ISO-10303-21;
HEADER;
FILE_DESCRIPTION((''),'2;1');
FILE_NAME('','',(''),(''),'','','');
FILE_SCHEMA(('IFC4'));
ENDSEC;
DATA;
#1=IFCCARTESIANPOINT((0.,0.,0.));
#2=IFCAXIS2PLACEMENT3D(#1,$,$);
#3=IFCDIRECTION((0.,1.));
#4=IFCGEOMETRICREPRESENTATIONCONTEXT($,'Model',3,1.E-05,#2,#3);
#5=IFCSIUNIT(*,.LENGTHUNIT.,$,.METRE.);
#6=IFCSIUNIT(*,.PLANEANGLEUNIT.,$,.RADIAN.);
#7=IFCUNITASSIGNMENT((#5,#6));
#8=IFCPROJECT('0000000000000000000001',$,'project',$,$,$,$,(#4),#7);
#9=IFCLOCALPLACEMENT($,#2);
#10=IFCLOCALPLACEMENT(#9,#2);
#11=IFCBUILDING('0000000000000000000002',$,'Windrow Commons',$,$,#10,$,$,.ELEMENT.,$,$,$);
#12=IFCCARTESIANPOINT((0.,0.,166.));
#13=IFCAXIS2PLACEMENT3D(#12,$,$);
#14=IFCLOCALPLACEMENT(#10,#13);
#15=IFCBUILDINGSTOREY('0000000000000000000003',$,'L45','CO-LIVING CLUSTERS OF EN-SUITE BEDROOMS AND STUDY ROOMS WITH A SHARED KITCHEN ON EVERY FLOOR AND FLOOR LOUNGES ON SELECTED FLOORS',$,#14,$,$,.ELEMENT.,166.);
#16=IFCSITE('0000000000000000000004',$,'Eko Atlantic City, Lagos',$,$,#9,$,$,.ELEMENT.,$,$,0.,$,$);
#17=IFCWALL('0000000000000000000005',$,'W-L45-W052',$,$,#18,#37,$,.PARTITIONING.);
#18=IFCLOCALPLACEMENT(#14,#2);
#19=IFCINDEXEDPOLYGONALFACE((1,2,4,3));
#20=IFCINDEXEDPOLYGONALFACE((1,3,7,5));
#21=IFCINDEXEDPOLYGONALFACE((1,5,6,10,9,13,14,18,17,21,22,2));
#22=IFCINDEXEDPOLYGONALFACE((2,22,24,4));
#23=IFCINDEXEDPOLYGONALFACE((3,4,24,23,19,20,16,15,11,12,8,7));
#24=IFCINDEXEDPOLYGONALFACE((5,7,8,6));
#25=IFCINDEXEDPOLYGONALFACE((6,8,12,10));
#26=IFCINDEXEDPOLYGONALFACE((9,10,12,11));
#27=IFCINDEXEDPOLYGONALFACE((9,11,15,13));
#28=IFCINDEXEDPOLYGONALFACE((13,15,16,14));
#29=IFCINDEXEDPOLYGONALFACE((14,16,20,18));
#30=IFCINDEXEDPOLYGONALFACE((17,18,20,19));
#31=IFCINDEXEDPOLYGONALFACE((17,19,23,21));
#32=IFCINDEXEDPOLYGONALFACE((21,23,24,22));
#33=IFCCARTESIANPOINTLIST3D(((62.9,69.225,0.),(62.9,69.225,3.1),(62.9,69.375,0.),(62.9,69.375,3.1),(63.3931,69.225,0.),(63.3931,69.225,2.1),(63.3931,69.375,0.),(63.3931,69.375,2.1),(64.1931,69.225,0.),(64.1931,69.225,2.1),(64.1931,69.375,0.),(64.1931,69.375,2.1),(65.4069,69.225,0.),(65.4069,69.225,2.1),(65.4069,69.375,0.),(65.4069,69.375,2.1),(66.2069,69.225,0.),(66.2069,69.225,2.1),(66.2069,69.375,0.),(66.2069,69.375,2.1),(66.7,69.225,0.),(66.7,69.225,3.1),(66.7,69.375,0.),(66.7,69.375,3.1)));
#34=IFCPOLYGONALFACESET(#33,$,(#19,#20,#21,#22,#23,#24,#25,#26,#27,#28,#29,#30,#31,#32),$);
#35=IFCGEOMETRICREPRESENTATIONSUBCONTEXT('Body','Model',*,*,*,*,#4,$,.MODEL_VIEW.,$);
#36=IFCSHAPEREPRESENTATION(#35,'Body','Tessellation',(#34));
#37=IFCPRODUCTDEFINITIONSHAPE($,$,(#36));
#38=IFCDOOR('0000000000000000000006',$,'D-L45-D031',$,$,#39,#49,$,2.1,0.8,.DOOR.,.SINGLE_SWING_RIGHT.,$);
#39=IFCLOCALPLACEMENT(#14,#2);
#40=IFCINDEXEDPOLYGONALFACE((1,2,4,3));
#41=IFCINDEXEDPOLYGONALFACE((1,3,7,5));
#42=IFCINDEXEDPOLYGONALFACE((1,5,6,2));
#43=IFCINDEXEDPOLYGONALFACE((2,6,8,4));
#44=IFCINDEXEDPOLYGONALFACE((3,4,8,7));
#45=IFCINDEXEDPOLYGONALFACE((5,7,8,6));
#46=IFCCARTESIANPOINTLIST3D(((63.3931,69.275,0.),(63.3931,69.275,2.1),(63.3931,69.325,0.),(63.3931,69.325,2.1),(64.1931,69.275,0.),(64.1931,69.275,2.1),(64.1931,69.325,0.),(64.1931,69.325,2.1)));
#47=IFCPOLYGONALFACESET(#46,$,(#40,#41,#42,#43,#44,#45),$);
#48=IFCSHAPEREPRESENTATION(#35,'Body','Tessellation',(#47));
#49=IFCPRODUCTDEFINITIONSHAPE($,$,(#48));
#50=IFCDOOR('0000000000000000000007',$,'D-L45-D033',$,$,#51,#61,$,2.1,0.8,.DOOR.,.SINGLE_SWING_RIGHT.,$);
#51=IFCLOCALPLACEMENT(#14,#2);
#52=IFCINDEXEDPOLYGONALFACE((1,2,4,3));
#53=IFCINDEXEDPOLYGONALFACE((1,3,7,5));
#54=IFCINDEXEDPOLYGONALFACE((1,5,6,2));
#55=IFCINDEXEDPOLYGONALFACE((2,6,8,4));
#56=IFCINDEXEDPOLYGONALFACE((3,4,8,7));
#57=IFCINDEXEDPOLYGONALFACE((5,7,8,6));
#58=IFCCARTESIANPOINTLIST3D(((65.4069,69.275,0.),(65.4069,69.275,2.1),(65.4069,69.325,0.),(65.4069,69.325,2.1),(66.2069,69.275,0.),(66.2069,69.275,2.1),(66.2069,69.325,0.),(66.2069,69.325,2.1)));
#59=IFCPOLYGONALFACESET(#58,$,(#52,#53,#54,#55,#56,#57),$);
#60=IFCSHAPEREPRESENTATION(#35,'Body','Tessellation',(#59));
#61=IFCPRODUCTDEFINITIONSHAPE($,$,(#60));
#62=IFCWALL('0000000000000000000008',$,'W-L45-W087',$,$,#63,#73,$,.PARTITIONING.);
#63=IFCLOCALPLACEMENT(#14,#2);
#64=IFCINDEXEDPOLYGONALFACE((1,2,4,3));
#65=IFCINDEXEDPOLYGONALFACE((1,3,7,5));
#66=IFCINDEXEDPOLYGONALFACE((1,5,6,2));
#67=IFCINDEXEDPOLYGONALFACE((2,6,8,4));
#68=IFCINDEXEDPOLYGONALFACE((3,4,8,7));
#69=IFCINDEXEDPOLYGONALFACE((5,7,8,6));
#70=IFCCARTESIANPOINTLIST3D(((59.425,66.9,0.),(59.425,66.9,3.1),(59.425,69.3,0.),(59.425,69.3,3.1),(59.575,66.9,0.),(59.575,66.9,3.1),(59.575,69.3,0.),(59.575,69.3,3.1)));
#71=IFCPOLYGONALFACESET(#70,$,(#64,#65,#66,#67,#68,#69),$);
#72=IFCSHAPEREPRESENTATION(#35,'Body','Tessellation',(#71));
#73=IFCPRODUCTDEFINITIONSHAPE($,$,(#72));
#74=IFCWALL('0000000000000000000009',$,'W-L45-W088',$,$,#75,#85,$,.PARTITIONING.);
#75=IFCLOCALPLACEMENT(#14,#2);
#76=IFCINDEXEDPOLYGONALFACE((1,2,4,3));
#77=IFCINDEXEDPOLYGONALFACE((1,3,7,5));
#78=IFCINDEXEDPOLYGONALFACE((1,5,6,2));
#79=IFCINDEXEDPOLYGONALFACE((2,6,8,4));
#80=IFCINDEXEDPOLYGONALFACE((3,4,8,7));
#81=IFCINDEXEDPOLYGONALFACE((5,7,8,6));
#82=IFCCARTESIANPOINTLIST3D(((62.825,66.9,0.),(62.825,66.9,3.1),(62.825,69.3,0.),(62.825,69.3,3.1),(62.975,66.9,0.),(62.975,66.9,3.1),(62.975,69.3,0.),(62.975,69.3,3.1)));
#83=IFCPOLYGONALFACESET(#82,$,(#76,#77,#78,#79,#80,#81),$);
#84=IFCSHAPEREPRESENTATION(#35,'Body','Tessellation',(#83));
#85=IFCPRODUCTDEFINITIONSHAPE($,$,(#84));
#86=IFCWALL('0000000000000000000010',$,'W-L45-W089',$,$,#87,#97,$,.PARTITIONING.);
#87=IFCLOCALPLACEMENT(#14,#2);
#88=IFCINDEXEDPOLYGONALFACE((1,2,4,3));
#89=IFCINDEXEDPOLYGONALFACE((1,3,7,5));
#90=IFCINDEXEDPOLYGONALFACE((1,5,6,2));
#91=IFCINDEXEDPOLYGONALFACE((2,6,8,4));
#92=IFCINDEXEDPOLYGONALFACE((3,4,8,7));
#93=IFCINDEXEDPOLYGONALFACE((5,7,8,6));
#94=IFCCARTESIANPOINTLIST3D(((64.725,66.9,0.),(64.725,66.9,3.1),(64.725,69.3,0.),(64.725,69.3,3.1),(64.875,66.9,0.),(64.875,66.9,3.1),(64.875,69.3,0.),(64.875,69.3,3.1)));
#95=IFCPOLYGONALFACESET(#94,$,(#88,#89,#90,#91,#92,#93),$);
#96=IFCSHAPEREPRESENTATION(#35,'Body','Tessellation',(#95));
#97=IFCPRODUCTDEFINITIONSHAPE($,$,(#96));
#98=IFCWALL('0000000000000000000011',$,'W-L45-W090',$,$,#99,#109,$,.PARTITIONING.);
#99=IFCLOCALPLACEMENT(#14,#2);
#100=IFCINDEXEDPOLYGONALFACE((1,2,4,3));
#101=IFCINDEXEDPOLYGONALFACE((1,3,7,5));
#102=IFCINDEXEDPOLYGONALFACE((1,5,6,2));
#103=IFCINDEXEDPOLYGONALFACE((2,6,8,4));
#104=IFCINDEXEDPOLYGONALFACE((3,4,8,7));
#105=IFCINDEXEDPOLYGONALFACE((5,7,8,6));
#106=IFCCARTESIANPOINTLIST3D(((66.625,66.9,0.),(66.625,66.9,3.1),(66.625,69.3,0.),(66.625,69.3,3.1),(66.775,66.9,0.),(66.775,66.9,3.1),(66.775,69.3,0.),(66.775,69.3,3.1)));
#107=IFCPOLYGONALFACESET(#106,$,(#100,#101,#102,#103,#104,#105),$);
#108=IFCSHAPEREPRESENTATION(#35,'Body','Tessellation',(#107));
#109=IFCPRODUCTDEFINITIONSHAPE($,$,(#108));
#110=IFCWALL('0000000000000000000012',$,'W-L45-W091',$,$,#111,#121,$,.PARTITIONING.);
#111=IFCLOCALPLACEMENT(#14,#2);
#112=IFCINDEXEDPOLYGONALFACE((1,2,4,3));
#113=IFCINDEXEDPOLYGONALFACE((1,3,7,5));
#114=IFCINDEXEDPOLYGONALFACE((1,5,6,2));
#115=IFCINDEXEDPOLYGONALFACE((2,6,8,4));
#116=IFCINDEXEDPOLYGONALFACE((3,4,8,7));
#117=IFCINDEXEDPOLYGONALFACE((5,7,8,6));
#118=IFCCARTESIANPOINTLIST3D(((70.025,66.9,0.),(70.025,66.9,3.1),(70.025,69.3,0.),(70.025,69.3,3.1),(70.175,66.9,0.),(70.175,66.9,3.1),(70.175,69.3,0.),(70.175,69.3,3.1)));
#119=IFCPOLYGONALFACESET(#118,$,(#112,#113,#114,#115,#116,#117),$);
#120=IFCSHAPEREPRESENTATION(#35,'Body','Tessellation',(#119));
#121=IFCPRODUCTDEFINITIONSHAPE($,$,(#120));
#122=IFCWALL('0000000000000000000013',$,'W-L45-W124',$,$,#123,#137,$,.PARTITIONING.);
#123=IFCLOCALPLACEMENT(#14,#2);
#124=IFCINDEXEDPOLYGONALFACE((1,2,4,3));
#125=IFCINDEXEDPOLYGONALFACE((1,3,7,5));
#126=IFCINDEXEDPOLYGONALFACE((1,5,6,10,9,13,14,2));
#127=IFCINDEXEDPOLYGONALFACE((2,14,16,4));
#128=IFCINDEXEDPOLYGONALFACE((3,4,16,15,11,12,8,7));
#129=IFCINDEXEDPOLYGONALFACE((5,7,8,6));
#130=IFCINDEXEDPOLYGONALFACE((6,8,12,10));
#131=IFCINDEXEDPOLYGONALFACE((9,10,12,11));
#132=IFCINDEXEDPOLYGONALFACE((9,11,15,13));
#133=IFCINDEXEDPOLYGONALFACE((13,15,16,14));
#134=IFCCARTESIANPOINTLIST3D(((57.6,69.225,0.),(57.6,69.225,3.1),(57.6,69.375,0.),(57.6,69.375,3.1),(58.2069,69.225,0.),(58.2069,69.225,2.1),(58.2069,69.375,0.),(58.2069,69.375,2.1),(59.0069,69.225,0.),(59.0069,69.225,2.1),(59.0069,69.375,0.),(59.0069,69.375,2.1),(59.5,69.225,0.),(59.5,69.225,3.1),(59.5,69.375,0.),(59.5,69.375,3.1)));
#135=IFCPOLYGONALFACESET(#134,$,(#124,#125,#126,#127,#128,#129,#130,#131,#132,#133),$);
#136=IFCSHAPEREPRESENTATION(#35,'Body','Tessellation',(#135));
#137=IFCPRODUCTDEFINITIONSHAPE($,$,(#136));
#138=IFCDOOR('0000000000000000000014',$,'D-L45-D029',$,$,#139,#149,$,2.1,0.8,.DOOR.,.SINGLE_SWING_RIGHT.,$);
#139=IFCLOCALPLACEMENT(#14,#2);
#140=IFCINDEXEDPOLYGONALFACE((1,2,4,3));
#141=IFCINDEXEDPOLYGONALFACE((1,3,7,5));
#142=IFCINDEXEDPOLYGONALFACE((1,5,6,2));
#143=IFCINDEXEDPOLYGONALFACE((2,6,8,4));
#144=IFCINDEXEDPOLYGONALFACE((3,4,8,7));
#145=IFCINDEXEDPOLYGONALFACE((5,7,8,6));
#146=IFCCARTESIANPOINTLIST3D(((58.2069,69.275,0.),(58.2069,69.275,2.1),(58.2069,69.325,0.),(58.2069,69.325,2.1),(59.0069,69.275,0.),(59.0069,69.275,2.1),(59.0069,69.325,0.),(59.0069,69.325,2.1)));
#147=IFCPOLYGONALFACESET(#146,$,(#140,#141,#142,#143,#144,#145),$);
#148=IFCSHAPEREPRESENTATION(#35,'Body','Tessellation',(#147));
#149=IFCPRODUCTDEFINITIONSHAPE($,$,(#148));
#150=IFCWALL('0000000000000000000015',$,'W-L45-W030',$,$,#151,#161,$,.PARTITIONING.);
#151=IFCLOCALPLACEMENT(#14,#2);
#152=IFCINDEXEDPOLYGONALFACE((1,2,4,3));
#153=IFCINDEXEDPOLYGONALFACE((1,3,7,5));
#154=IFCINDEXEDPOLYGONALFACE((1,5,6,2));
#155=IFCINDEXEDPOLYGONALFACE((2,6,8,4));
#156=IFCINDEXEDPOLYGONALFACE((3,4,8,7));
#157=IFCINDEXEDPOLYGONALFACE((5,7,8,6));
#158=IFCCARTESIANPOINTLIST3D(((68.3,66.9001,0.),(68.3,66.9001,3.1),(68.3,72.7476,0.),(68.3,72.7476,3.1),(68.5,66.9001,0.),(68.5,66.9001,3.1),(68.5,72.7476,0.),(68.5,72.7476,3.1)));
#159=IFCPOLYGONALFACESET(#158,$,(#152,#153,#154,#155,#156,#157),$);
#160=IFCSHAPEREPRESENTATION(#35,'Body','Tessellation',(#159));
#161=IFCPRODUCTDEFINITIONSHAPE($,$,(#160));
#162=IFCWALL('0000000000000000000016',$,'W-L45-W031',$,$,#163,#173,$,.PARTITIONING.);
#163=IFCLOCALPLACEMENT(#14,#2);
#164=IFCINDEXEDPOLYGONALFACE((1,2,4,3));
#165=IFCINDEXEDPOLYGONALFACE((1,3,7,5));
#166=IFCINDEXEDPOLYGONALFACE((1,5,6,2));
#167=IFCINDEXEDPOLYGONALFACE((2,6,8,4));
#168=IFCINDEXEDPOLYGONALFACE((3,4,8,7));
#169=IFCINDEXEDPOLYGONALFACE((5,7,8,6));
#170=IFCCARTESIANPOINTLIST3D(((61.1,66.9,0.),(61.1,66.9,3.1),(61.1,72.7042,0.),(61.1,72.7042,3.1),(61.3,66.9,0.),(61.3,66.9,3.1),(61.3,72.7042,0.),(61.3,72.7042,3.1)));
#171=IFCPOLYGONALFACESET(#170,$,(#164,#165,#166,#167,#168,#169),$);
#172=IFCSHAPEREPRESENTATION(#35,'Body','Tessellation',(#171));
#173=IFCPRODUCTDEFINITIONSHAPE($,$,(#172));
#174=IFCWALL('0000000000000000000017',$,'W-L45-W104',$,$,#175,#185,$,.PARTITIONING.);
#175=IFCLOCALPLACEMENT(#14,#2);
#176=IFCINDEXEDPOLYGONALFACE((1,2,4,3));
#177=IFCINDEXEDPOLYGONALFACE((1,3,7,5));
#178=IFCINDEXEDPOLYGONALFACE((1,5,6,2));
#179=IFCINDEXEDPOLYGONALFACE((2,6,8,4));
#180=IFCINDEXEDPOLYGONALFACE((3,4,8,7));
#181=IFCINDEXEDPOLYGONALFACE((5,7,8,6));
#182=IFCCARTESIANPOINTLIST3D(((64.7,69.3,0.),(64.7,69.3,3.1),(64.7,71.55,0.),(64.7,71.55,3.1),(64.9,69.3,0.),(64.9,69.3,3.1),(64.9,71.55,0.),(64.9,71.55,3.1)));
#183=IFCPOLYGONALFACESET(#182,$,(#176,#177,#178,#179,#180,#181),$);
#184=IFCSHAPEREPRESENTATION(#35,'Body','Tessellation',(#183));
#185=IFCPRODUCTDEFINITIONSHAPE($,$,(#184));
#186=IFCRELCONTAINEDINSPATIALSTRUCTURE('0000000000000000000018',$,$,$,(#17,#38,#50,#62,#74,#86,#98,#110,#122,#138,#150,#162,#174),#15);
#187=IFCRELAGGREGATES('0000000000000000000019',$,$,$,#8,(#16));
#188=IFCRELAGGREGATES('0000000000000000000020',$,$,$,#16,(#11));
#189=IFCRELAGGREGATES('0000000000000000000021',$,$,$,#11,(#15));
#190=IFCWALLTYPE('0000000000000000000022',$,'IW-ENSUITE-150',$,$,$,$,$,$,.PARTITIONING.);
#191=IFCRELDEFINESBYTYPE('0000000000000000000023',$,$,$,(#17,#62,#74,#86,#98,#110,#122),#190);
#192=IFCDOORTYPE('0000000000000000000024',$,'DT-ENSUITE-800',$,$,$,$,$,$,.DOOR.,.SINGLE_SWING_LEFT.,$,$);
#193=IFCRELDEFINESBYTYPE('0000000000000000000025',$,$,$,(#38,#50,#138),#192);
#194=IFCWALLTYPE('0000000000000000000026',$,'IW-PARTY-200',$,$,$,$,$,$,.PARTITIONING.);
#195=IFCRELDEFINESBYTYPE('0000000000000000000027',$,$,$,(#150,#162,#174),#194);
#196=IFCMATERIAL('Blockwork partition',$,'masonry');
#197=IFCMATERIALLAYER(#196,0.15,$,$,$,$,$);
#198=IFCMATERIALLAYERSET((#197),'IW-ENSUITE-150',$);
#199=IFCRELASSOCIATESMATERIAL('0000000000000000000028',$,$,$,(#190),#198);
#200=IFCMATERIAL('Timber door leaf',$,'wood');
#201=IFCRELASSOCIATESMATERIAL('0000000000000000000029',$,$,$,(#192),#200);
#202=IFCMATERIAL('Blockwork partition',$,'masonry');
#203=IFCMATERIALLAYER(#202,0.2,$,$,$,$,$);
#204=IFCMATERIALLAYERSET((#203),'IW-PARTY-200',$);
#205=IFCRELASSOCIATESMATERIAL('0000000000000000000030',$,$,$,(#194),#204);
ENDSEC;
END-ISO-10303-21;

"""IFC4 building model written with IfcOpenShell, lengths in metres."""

from ifc_helpers import new_model, si_unit, direction, frame, frame_2d, origin, place, context, subcontext, project, spatial, rectangle, extrude, material, layer, layer_set, type_object, element, fill, save


model = new_model("IFC4")

# Units and contexts
model_context = context("Model", 3, precision=1e-05, world=origin(), true_north=direction((0.0, 1.0)))
body_context = subcontext(model_context, "Body", "Model", "MODEL_VIEW")
ifc_project = project(units=[si_unit("LENGTHUNIT", "METRE"), si_unit("PLANEANGLEUNIT", "RADIAN")], contexts=[model_context])

# Site, building, storey
site_placement = place(None, origin())
site = spatial("IfcSite", under=ifc_project, at=site_placement, Name="Eko Atlantic City, Lagos", CompositionType="ELEMENT", RefElevation=0.0)
building_placement = place(site_placement, origin())
building = spatial("IfcBuilding", under=site, at=building_placement, Name="Windrow Commons", CompositionType="ELEMENT")
storey_placement = place(building_placement, frame((0.0, 0.0, 166.0)))
storey = spatial("IfcBuildingStorey", under=building, at=storey_placement, Name="L45", Description="CO-LIVING CLUSTERS OF EN-SUITE BEDROOMS AND STUDY ROOMS WITH A SHARED KITCHEN ON EVERY FLOOR AND FLOOR LOUNGES ON SELECTED FLOORS", CompositionType="ELEMENT", Elevation=166.0)

# Wall, openings, doors
ifc_material_1 = material(Name="Blockwork partition", Category="masonry")
ifc_layer_1 = layer(ifc_material_1, 0.15)
ifc_layer_set_1 = layer_set([ifc_layer_1], Name="IW-ENSUITE-150")
wall_type_1 = type_object("IfcWallType", Name="IW-ENSUITE-150", PredefinedType="PARTITIONING", material=ifc_layer_set_1)
wall_1_placement = place(storey_placement, frame((62.9, 69.3, 0.0), z_axis=(0.0, 0.0, 1.0), x_axis=(1.0, 0.0, 0.0)))
wall_1 = element("IfcWall", 1, at=wall_1_placement, inside=storey, type_object=wall_type_1, Name="W-L45-W052", PredefinedType="PARTITIONING", context=body_context, shape_type="SweptSolid", body=[
    extrude(rectangle(XDim=3.8, YDim=0.15, at=frame_2d((1.9, 0.0))), origin(), (0.0, 0.0, 1.0), 3.1),
])
opening_1_placement = place(wall_1_placement, frame((0.4931, 0.0, 0.0)))
opening_1 = element("IfcOpeningElement", 2, at=opening_1_placement, cuts=wall_1, PredefinedType="OPENING", context=body_context, shape_type="SweptSolid", body=[
    extrude(rectangle(XDim=0.8, YDim=2.1, at=frame_2d((0.4, 1.05))), frame((0.0, 0.085, 0.0), z_axis=(0.0, -1.0, 0.0), x_axis=(1.0, 0.0, 0.0)), (0.0, 0.0, 1.0), 0.17),
])
opening_2_placement = place(wall_1_placement, frame((2.5069, 0.0, 0.0)))
opening_2 = element("IfcOpeningElement", 3, at=opening_2_placement, cuts=wall_1, PredefinedType="OPENING", context=body_context, shape_type="SweptSolid", body=[
    extrude(rectangle(XDim=0.8, YDim=2.1, at=frame_2d((0.4, 1.05))), frame((0.0, 0.085, 0.0), z_axis=(0.0, -1.0, 0.0), x_axis=(1.0, 0.0, 0.0)), (0.0, 0.0, 1.0), 0.17),
])
ifc_material_2 = material(Name="Timber door leaf", Category="wood")
door_type = type_object("IfcDoorType", Name="DT-ENSUITE-800", OperationType="SINGLE_SWING_LEFT", PredefinedType="DOOR", material=ifc_material_2)
door_1_placement = place(opening_1_placement, origin())
door_1 = element("IfcDoor", 4, at=door_1_placement, inside=storey, type_object=door_type, Name="D-L45-D031", OperationType="SINGLE_SWING_RIGHT", OverallHeight=2.1, OverallWidth=0.8, PredefinedType="DOOR", context=body_context, shape_type="SweptSolid", body=[
    extrude(rectangle(XDim=0.8, YDim=2.1, at=frame_2d((0.4, 1.05))), frame((0.0, 0.025, 0.0), z_axis=(0.0, -1.0, 0.0), x_axis=(1.0, 0.0, 0.0)), (0.0, 0.0, 1.0), 0.05),
])
fill(opening_1, door_1)
door_2_placement = place(opening_2_placement, origin())
door_2 = element("IfcDoor", 5, at=door_2_placement, inside=storey, type_object=door_type, Name="D-L45-D033", OperationType="SINGLE_SWING_RIGHT", OverallHeight=2.1, OverallWidth=0.8, PredefinedType="DOOR", context=body_context, shape_type="SweptSolid", body=[
    extrude(rectangle(XDim=0.8, YDim=2.1, at=frame_2d((0.4, 1.05))), frame((0.0, 0.025, 0.0), z_axis=(0.0, -1.0, 0.0), x_axis=(1.0, 0.0, 0.0)), (0.0, 0.0, 1.0), 0.05),
])
fill(opening_2, door_2)

# Walls
for number, where, z_axis, x_axis, name in (
    (6, (59.5, 66.9, 0.0), (0.0, 0.0, 1.0), (0.0, 1.0, 0.0), "W-L45-W087"),
    (7, (62.9, 66.9, 0.0), (0.0, 0.0, 1.0), (0.0, 1.0, 0.0), "W-L45-W088"),
    (8, (64.8, 66.9, 0.0), (0.0, 0.0, 1.0), (0.0, 1.0, 0.0), "W-L45-W089"),
    (9, (66.7, 66.9, 0.0), (0.0, 0.0, 1.0), (0.0, 1.0, 0.0), "W-L45-W090"),
    (10, (70.1, 66.9, 0.0), (0.0, 0.0, 1.0), (0.0, 1.0, 0.0), "W-L45-W091"),
):
    element("IfcWall", number, at=place(storey_placement, frame(where, z_axis=z_axis, x_axis=x_axis)), inside=storey, type_object=wall_type_1, Name=name, PredefinedType="PARTITIONING", context=body_context, shape_type="SweptSolid", body=[
        extrude(rectangle(XDim=2.4, YDim=0.15, at=frame_2d((1.2, 0.0))), origin(), (0.0, 0.0, 1.0), 3.1),
    ])

# Wall, opening, door
wall_2_placement = place(storey_placement, frame((57.6, 69.3, 0.0), z_axis=(0.0, 0.0, 1.0), x_axis=(1.0, 0.0, 0.0)))
wall_2 = element("IfcWall", 11, at=wall_2_placement, inside=storey, type_object=wall_type_1, Name="W-L45-W124", PredefinedType="PARTITIONING", context=body_context, shape_type="SweptSolid", body=[
    extrude(rectangle(XDim=1.9, YDim=0.15, at=frame_2d((0.95, 0.0))), origin(), (0.0, 0.0, 1.0), 3.1),
])
opening_3_placement = place(wall_2_placement, frame((0.6069, 0.0, 0.0)))
opening_3 = element("IfcOpeningElement", 12, at=opening_3_placement, cuts=wall_2, PredefinedType="OPENING", context=body_context, shape_type="SweptSolid", body=[
    extrude(rectangle(XDim=0.8, YDim=2.1, at=frame_2d((0.4, 1.05))), frame((0.0, 0.085, 0.0), z_axis=(0.0, -1.0, 0.0), x_axis=(1.0, 0.0, 0.0)), (0.0, 0.0, 1.0), 0.17),
])
door_3_placement = place(opening_3_placement, origin())
door_3 = element("IfcDoor", 13, at=door_3_placement, inside=storey, type_object=door_type, Name="D-L45-D029", OperationType="SINGLE_SWING_RIGHT", OverallHeight=2.1, OverallWidth=0.8, PredefinedType="DOOR", context=body_context, shape_type="SweptSolid", body=[
    extrude(rectangle(XDim=0.8, YDim=2.1, at=frame_2d((0.4, 1.05))), frame((0.0, 0.025, 0.0), z_axis=(0.0, -1.0, 0.0), x_axis=(1.0, 0.0, 0.0)), (0.0, 0.0, 1.0), 0.05),
])
fill(opening_3, door_3)

# Walls
ifc_material_3 = material(Name="Blockwork partition", Category="masonry")
ifc_layer_2 = layer(ifc_material_3, 0.2)
ifc_layer_set_2 = layer_set([ifc_layer_2], Name="IW-PARTY-200")
wall_type_2 = type_object("IfcWallType", Name="IW-PARTY-200", PredefinedType="PARTITIONING", material=ifc_layer_set_2)
wall_3_placement = place(storey_placement, frame((68.4, 66.9, 0.0), z_axis=(0.0, 0.0, 1.0), x_axis=(0.0, 1.0, 0.0)))
element("IfcWall", 14, at=wall_3_placement, inside=storey, type_object=wall_type_2, Name="W-L45-W030", PredefinedType="PARTITIONING", context=body_context, shape_type="SweptSolid", body=[
    extrude(rectangle(XDim=5.8475, YDim=0.2, at=frame_2d((2.9238, 0.0))), origin(), (0.0, 0.0, 1.0), 3.1),
])
wall_4_placement = place(storey_placement, frame((61.2, 66.9, 0.0), z_axis=(0.0, 0.0, 1.0), x_axis=(0.0, 1.0, 0.0)))
element("IfcWall", 15, at=wall_4_placement, inside=storey, type_object=wall_type_2, Name="W-L45-W031", PredefinedType="PARTITIONING", context=body_context, shape_type="SweptSolid", body=[
    extrude(rectangle(XDim=5.8043, YDim=0.2, at=frame_2d((2.9021, 0.0))), origin(), (0.0, 0.0, 1.0), 3.1),
])
wall_5_placement = place(storey_placement, frame((64.8, 69.3, 0.0), z_axis=(0.0, 0.0, 1.0), x_axis=(0.0, 1.0, 0.0)))
element("IfcWall", 16, at=wall_5_placement, inside=storey, type_object=wall_type_2, Name="W-L45-W104", PredefinedType="PARTITIONING", context=body_context, shape_type="SweptSolid", body=[
    extrude(rectangle(XDim=2.25, YDim=0.2, at=frame_2d((1.125, 0.0))), origin(), (0.0, 0.0, 1.0), 3.1),
])

save(model, "model.ifc")
